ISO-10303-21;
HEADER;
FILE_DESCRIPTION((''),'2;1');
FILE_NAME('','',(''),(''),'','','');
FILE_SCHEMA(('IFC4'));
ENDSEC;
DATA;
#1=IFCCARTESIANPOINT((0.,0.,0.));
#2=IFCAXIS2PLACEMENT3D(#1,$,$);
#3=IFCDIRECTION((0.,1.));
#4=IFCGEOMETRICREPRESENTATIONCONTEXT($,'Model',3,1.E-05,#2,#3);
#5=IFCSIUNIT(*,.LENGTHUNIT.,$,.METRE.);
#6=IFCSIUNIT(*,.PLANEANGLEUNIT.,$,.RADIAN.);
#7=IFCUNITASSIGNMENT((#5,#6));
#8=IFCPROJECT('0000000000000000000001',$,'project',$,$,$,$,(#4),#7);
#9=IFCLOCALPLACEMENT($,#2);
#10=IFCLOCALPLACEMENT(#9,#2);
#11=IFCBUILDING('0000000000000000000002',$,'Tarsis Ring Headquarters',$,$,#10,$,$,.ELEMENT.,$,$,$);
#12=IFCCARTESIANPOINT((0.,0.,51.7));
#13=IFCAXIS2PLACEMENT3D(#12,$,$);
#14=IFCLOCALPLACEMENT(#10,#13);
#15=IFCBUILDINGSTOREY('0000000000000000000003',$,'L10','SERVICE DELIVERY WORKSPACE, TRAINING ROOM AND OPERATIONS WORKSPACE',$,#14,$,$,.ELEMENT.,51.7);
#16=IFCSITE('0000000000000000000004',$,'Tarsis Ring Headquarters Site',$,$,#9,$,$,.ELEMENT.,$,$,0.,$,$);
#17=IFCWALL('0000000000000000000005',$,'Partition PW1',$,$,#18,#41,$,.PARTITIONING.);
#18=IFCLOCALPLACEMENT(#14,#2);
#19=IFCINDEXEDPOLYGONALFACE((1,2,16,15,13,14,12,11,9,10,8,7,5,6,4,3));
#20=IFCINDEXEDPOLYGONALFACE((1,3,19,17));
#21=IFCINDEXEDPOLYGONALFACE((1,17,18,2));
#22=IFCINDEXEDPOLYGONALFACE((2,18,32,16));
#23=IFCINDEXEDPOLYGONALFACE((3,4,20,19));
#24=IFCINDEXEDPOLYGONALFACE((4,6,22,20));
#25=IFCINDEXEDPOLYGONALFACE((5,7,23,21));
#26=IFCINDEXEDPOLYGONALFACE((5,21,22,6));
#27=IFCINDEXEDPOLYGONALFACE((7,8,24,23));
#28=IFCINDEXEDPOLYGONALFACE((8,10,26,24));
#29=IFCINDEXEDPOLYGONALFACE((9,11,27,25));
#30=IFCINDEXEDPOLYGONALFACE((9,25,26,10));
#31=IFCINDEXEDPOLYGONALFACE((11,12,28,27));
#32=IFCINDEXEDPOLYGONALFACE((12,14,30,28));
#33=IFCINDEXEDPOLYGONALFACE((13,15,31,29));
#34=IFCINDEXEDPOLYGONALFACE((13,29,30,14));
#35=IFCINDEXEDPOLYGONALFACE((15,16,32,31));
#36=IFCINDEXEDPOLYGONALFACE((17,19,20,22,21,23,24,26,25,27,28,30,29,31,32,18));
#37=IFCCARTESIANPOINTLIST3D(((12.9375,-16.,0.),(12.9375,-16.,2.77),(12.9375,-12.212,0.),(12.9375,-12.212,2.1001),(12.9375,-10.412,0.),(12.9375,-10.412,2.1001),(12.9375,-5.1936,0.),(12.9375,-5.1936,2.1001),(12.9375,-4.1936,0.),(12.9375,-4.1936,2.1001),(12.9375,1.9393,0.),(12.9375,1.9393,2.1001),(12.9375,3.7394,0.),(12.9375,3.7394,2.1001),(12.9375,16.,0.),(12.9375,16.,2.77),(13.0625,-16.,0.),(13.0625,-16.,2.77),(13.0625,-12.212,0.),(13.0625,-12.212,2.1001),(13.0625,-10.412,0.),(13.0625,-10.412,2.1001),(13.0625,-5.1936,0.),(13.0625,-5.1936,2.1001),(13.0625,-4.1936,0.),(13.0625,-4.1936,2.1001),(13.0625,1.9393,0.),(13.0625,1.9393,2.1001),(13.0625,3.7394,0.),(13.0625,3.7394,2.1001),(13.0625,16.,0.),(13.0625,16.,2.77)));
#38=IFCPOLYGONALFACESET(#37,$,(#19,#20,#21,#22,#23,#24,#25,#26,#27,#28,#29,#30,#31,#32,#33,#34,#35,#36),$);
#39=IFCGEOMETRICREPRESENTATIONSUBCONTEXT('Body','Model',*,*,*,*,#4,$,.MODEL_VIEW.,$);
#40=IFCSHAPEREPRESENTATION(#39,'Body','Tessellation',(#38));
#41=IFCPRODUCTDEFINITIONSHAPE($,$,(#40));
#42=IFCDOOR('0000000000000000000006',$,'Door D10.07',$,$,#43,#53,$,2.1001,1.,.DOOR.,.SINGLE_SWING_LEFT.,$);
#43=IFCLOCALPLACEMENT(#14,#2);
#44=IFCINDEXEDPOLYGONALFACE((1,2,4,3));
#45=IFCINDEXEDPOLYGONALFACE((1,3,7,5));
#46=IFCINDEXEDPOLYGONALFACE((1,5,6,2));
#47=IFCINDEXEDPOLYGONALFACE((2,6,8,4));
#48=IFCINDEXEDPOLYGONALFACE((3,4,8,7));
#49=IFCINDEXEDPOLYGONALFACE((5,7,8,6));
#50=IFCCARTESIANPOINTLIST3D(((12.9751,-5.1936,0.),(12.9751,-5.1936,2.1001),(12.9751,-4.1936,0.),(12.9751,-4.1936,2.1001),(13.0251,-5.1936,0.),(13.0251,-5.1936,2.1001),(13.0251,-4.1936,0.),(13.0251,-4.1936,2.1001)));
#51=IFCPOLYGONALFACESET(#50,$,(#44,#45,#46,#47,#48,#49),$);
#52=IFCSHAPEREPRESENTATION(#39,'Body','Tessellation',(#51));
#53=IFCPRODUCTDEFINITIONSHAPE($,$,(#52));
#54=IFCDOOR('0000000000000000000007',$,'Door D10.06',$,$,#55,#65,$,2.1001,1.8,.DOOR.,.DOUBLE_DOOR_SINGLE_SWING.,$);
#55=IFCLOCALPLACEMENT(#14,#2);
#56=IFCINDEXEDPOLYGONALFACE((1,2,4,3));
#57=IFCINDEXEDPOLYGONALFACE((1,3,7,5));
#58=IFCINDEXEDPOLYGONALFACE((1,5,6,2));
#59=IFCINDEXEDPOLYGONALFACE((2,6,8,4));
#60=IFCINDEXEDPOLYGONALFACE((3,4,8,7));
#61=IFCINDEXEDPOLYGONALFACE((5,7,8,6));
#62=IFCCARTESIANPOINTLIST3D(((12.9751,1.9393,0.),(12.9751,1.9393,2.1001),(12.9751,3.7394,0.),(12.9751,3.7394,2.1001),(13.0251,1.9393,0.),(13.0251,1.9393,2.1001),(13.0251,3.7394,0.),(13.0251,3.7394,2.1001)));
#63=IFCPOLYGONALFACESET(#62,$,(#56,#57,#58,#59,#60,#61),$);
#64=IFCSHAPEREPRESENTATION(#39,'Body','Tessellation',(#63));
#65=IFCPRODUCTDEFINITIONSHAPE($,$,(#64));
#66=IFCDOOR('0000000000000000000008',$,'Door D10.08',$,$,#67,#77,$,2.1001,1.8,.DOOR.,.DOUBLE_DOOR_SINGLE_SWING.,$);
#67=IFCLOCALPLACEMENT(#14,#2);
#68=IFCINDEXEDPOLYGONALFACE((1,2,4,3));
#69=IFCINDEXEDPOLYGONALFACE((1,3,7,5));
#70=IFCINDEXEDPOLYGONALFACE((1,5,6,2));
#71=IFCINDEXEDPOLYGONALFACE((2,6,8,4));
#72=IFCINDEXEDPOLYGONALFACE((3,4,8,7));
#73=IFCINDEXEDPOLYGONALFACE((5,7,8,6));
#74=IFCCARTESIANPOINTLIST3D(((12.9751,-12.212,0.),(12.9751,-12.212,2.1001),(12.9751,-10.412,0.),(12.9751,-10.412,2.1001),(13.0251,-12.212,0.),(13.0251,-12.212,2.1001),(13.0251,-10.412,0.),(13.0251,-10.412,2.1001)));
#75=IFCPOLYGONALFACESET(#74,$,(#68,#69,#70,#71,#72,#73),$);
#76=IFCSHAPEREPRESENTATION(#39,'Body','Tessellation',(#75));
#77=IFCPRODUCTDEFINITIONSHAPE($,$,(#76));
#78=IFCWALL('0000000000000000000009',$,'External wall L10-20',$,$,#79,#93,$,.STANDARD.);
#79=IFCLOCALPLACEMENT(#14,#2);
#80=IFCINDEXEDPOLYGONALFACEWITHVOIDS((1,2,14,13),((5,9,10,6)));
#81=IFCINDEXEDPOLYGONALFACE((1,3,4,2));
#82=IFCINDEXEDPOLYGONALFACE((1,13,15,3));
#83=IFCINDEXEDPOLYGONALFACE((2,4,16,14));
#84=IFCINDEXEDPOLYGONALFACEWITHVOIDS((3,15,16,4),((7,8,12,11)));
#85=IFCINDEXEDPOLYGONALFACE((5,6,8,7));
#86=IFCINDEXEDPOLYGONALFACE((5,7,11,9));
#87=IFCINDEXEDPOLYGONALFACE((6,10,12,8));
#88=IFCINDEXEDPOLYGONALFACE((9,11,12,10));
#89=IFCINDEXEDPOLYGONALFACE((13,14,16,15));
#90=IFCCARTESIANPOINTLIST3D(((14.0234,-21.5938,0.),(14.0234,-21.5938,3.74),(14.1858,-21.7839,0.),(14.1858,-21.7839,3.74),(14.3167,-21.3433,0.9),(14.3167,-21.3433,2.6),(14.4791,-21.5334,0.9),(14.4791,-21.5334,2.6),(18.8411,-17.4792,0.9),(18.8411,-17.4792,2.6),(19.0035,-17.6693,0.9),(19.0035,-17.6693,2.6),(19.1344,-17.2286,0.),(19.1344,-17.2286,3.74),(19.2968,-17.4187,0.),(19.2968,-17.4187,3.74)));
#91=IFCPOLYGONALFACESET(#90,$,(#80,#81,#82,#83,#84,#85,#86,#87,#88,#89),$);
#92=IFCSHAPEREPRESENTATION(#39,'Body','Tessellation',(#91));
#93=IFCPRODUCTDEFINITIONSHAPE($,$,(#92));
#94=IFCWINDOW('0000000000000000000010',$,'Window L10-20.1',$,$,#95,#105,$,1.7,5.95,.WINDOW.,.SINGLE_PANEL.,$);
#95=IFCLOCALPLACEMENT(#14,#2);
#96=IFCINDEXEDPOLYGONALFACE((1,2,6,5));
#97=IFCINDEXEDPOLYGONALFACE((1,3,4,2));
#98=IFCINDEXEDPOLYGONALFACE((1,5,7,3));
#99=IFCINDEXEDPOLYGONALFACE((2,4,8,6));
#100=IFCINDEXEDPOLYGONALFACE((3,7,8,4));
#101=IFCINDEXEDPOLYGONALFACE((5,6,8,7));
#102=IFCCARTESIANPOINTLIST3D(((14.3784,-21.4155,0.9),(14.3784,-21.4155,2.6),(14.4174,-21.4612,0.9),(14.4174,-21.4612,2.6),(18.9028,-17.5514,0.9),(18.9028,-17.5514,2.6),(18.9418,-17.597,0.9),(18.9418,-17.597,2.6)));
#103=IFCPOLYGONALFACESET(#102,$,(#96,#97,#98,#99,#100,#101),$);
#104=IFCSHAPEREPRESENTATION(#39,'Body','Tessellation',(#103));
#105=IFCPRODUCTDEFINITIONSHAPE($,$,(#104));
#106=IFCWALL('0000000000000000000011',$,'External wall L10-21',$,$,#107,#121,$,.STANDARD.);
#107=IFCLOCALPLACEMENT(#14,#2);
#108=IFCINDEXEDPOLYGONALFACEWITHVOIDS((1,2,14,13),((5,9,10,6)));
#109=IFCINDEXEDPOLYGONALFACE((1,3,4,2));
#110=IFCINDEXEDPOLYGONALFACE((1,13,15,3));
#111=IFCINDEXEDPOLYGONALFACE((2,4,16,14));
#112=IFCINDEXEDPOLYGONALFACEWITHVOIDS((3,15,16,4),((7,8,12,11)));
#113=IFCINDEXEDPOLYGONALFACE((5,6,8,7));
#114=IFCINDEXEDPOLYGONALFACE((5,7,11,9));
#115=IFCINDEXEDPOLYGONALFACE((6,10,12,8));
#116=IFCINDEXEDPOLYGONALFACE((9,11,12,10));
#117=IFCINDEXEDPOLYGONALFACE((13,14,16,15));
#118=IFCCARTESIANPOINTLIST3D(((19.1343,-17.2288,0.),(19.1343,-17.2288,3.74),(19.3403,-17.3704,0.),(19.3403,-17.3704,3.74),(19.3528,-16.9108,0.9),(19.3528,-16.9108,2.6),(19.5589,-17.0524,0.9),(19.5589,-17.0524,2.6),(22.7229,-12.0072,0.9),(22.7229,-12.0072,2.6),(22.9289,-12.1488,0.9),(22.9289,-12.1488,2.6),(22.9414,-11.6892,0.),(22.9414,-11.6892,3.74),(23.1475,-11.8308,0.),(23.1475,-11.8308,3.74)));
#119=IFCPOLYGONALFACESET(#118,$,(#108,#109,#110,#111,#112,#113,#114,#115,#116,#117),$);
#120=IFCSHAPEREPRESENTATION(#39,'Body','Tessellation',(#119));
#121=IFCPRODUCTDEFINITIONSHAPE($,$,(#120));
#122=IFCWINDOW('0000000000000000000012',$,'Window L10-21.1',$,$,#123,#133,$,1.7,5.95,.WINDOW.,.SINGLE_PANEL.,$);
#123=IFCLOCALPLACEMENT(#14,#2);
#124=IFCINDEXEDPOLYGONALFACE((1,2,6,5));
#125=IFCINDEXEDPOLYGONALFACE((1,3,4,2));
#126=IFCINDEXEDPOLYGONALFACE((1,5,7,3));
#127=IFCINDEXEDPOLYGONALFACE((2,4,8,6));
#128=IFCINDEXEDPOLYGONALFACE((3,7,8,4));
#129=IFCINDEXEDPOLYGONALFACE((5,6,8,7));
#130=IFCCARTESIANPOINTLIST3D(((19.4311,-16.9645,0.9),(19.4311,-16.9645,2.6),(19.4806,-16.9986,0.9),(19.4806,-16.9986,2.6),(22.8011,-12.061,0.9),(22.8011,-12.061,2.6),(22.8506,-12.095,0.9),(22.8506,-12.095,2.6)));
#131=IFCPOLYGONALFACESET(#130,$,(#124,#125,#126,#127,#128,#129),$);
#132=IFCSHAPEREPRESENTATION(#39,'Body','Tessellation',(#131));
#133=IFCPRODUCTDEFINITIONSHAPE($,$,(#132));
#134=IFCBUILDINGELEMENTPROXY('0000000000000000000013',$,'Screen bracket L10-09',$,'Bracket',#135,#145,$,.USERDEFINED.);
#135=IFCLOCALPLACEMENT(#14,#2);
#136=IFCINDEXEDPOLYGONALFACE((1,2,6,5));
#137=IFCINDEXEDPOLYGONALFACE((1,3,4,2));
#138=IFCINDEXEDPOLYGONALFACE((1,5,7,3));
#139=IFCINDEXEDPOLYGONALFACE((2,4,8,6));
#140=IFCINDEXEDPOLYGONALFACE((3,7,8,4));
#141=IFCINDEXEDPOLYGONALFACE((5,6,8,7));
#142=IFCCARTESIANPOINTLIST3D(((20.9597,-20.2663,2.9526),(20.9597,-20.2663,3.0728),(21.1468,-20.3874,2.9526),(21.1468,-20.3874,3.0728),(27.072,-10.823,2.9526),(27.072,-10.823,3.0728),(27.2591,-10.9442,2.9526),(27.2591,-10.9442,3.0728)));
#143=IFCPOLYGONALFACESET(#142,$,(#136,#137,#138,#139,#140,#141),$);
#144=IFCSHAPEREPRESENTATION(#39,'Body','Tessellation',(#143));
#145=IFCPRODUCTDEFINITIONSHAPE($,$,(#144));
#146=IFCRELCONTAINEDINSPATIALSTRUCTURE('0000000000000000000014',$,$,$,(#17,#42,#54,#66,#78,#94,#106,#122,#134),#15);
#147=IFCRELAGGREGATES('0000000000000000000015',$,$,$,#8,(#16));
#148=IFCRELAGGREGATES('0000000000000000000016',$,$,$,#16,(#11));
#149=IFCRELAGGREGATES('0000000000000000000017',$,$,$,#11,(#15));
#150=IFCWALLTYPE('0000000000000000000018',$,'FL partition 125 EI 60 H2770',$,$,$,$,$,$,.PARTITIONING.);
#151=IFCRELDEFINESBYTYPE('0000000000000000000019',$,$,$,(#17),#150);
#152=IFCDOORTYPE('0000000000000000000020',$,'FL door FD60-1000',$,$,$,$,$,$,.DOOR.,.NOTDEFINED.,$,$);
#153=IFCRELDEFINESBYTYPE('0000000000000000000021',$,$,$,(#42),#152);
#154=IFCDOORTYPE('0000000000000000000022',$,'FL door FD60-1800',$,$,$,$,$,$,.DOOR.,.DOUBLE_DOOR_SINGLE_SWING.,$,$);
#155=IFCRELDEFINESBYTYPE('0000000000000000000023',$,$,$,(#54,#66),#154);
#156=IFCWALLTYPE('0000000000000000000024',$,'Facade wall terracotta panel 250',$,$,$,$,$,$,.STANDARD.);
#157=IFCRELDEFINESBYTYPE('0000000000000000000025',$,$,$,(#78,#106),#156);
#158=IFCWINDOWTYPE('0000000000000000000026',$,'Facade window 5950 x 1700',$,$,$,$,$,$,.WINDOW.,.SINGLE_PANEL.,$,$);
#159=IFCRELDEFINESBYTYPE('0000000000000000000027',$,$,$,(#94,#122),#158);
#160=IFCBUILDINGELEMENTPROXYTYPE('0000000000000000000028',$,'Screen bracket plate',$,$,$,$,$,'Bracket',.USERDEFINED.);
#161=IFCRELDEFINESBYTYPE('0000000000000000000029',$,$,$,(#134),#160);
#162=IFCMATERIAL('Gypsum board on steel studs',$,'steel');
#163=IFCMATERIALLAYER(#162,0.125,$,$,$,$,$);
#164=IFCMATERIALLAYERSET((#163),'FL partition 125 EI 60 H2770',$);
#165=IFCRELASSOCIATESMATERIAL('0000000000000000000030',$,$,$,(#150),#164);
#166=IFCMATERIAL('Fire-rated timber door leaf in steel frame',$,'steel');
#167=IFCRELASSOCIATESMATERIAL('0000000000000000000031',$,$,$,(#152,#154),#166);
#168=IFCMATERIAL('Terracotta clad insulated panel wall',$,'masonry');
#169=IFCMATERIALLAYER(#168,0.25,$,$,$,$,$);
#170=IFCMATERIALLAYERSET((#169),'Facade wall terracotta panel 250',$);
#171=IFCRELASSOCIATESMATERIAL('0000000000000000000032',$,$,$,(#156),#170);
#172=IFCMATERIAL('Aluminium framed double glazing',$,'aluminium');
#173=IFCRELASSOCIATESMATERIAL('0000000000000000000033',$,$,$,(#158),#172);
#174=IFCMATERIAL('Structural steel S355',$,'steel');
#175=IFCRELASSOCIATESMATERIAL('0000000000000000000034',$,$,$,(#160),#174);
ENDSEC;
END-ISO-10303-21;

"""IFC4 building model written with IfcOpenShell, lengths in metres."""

from ifc_helpers import new_model, si_unit, direction, frame, frame_2d, origin, origin_2d, place, context, subcontext, project, spatial, rectangle, extrude, material, layer, layer_set, type_object, element, fill, save


model = new_model("IFC4")

# Units and contexts
model_context = context("Model", 3, precision=1e-05, world=origin(), true_north=direction((0.0, 1.0)))
body_context = subcontext(model_context, "Body", "Model", "MODEL_VIEW")
ifc_project = project(units=[si_unit("LENGTHUNIT", "METRE"), si_unit("PLANEANGLEUNIT", "RADIAN")], contexts=[model_context])

# Site, building, storey
site_placement = place(None, origin())
site = spatial("IfcSite", under=ifc_project, at=site_placement, Name="Tarsis Ring Headquarters Site", CompositionType="ELEMENT", RefElevation=0.0)
building_placement = place(site_placement, origin())
building = spatial("IfcBuilding", under=site, at=building_placement, Name="Tarsis Ring Headquarters", CompositionType="ELEMENT")
storey_placement = place(building_placement, frame((0.0, 0.0, 51.7)))
storey = spatial("IfcBuildingStorey", under=building, at=storey_placement, Name="L10", Description="SERVICE DELIVERY WORKSPACE, TRAINING ROOM AND OPERATIONS WORKSPACE", CompositionType="ELEMENT", Elevation=51.7)

# Shared definitions
ifc_material_1 = material(Name="Structural steel S355", Category="steel")

# Wall, openings, doors
ifc_material_2 = material(Name="Gypsum board on steel studs", Category="steel")
ifc_layer_1 = layer(ifc_material_2, 0.125)
ifc_layer_set_1 = layer_set([ifc_layer_1], Name="FL partition 125 EI 60 H2770")
wall_type_1 = type_object("IfcWallType", Name="FL partition 125 EI 60 H2770", PredefinedType="PARTITIONING", material=ifc_layer_set_1)
wall_1_placement = place(storey_placement, frame((13.0, -16.0, 0.0), z_axis=(0.0, 0.0, 1.0), x_axis=(0.0, 1.0, 0.0)))
wall_1 = element("IfcWall", 1, at=wall_1_placement, inside=storey, type_object=wall_type_1, Name="Partition PW1", PredefinedType="PARTITIONING", context=body_context, shape_type="SweptSolid", body=[
    extrude(rectangle(XDim=32.0, YDim=0.125, at=frame_2d((16.0, 0.0))), origin(), (0.0, 0.0, 1.0), 2.77),
])
opening_1_placement = place(wall_1_placement, frame((17.9395, 0.0, 0.0)))
opening_1 = element("IfcOpeningElement", 2, at=opening_1_placement, cuts=wall_1, PredefinedType="OPENING", context=body_context, shape_type="SweptSolid", body=[
    extrude(rectangle(XDim=1.8, YDim=2.1001, at=frame_2d((0.8999, 1.05))), frame((0.0, 0.0725, 0.0), z_axis=(0.0, -1.0, 0.0), x_axis=(1.0, 0.0, 0.0)), (0.0, 0.0, 1.0), 0.145),
])
opening_2_placement = place(wall_1_placement, frame((10.8064, 0.0, 0.0)))
opening_2 = element("IfcOpeningElement", 3, at=opening_2_placement, cuts=wall_1, PredefinedType="OPENING", context=body_context, shape_type="SweptSolid", body=[
    extrude(rectangle(XDim=1.0, YDim=2.1001, at=frame_2d((0.5, 1.05))), frame((0.0, 0.0725, 0.0), z_axis=(0.0, -1.0, 0.0), x_axis=(1.0, 0.0, 0.0)), (0.0, 0.0, 1.0), 0.145),
])
opening_3_placement = place(wall_1_placement, frame((3.7881, 0.0, 0.0)))
opening_3 = element("IfcOpeningElement", 4, at=opening_3_placement, cuts=wall_1, PredefinedType="OPENING", context=body_context, shape_type="SweptSolid", body=[
    extrude(rectangle(XDim=1.8, YDim=2.1001, at=frame_2d((0.8999, 1.05))), frame((0.0, 0.0725, 0.0), z_axis=(0.0, -1.0, 0.0), x_axis=(1.0, 0.0, 0.0)), (0.0, 0.0, 1.0), 0.145),
])
ifc_material_3 = material(Name="Fire-rated timber door leaf in steel frame", Category="steel")
door_type_1 = type_object("IfcDoorType", Name="FL door FD60-1000", OperationType="NOTDEFINED", PredefinedType="DOOR", material=ifc_material_3)
door_1_placement = place(opening_2_placement, origin())
door_1 = element("IfcDoor", 5, at=door_1_placement, inside=storey, type_object=door_type_1, Name="Door D10.07", OperationType="SINGLE_SWING_LEFT", OverallHeight=2.1001, OverallWidth=1.0, PredefinedType="DOOR", context=body_context, shape_type="SweptSolid", body=[
    extrude(rectangle(XDim=1.0, YDim=2.1001, at=frame_2d((0.5, 1.05))), frame((0.0, 0.0249, 0.0), z_axis=(0.0, -1.0, 0.0), x_axis=(1.0, 0.0, 0.0)), (0.0, 0.0, 1.0), 0.05),
])
fill(opening_2, door_1)
door_type_2 = type_object("IfcDoorType", Name="FL door FD60-1800", OperationType="DOUBLE_DOOR_SINGLE_SWING", PredefinedType="DOOR", material=ifc_material_3)
door_2_placement = place(opening_1_placement, origin())
door_2 = element("IfcDoor", 6, at=door_2_placement, inside=storey, type_object=door_type_2, Name="Door D10.06", OperationType="DOUBLE_DOOR_SINGLE_SWING", OverallHeight=2.1001, OverallWidth=1.8, PredefinedType="DOOR", context=body_context, shape_type="SweptSolid", body=[
    extrude(rectangle(XDim=1.8, YDim=2.1001, at=frame_2d((0.8999, 1.05))), frame((0.0, 0.0249, 0.0), z_axis=(0.0, -1.0, 0.0), x_axis=(1.0, 0.0, 0.0)), (0.0, 0.0, 1.0), 0.05),
])
fill(opening_1, door_2)
door_3_placement = place(opening_3_placement, origin())
door_3 = element("IfcDoor", 7, at=door_3_placement, inside=storey, type_object=door_type_2, Name="Door D10.08", OperationType="DOUBLE_DOOR_SINGLE_SWING", OverallHeight=2.1001, OverallWidth=1.8, PredefinedType="DOOR", context=body_context, shape_type="SweptSolid", body=[
    extrude(rectangle(XDim=1.8, YDim=2.1001, at=frame_2d((0.8999, 1.05))), frame((0.0, 0.0249, 0.0), z_axis=(0.0, -1.0, 0.0), x_axis=(1.0, 0.0, 0.0)), (0.0, 0.0, 1.0), 0.05),
])
fill(opening_3, door_3)

# Walls, openings, windows
ifc_material_4 = material(Name="Terracotta clad insulated panel wall", Category="masonry")
ifc_layer_2 = layer(ifc_material_4, 0.25)
ifc_layer_set_2 = layer_set([ifc_layer_2], Name="Facade wall terracotta panel 250")
wall_type_2 = type_object("IfcWallType", Name="Facade wall terracotta panel 250", PredefinedType="STANDARD", material=ifc_layer_set_2)
wall_2_placement = place(storey_placement, frame((14.1045, -21.689, 0.0), z_axis=(0.0, 0.0, 1.0), x_axis=(0.760409, 0.649444, 0.0)))
wall_2 = element("IfcWall", 8, at=wall_2_placement, inside=storey, type_object=wall_type_2, Name="External wall L10-20", PredefinedType="STANDARD", context=body_context, shape_type="SweptSolid", body=[
    extrude(rectangle(XDim=6.7214, YDim=0.25, at=frame_2d((3.3608, 0.0))), origin(), (0.0, 0.0, 1.0), 3.74),
])
opening_4_placement = place(wall_2_placement, frame((0.3857, 0.0, 0.8999)))
opening_4 = element("IfcOpeningElement", 9, at=opening_4_placement, cuts=wall_2, PredefinedType="OPENING", context=body_context, shape_type="SweptSolid", body=[
    extrude(rectangle(XDim=5.95, YDim=1.7, at=frame_2d((2.9751, 0.8501))), frame((0.0, 0.135, 0.0), z_axis=(0.0, -1.0, 0.0), x_axis=(1.0, 0.0, 0.0)), (0.0, 0.0, 1.0), 0.27),
])
ifc_material_5 = material(Name="Aluminium framed double glazing", Category="aluminium")
window_type = type_object("IfcWindowType", Name="Facade window 5950 x 1700", PartitioningType="SINGLE_PANEL", PredefinedType="WINDOW", material=ifc_material_5)
window_1_placement = place(opening_4_placement, origin())
window_1 = element("IfcWindow", 10, at=window_1_placement, inside=storey, type_object=window_type, Name="Window L10-20.1", OverallHeight=1.7, OverallWidth=5.95, PartitioningType="SINGLE_PANEL", PredefinedType="WINDOW", context=body_context, shape_type="SweptSolid", body=[
    extrude(rectangle(XDim=5.95, YDim=1.7, at=frame_2d((2.9751, 0.8501))), frame((0.0, 0.03, 0.0), z_axis=(0.0, -1.0, 0.0), x_axis=(1.0, 0.0, 0.0)), (0.0, 0.0, 1.0), 0.0601),
])
fill(opening_4, window_1)
wall_3_placement = place(storey_placement, frame((19.2373, -17.2996, 0.0), z_axis=(0.0, 0.0, 1.0), x_axis=(0.566396, 0.824133, 0.0)))
wall_3 = element("IfcWall", 11, at=wall_3_placement, inside=storey, type_object=wall_type_2, Name="External wall L10-21", PredefinedType="STANDARD", context=body_context, shape_type="SweptSolid", body=[
    extrude(rectangle(XDim=6.7217, YDim=0.25, at=frame_2d((3.3608, 0.0))), origin(), (0.0, 0.0, 1.0), 3.74),
])
opening_5_placement = place(wall_3_placement, frame((0.3857, 0.0, 0.8999)))
opening_5 = element("IfcOpeningElement", 12, at=opening_5_placement, cuts=wall_3, PredefinedType="OPENING", context=body_context, shape_type="SweptSolid", body=[
    extrude(rectangle(XDim=5.95, YDim=1.7, at=frame_2d((2.9751, 0.8501))), frame((0.0, 0.135, 0.0), z_axis=(0.0, -1.0, 0.0), x_axis=(1.0, 0.0, 0.0)), (0.0, 0.0, 1.0), 0.27),
])
window_2_placement = place(opening_5_placement, origin())
window_2 = element("IfcWindow", 13, at=window_2_placement, inside=storey, type_object=window_type, Name="Window L10-21.1", OverallHeight=1.7, OverallWidth=5.95, PartitioningType="SINGLE_PANEL", PredefinedType="WINDOW", context=body_context, shape_type="SweptSolid", body=[
    extrude(rectangle(XDim=5.95, YDim=1.7, at=frame_2d((2.9751, 0.8501))), frame((0.0, 0.03, 0.0), z_axis=(0.0, -1.0, 0.0), x_axis=(1.0, 0.0, 0.0)), (0.0, 0.0, 1.0), 0.0601),
])
fill(opening_5, window_2)

# Building element proxy
building_element_proxy_type = type_object("IfcBuildingElementProxyType", Name="Screen bracket plate", ElementType="Bracket", PredefinedType="USERDEFINED", material=ifc_material_1)
proxy_placement = place(storey_placement, frame((24.1094, -15.6052, 2.9526), z_axis=(0.0, 0.0, 1.0), x_axis=(0.543376, 0.83949, 0.0)))
element("IfcBuildingElementProxy", 14, at=proxy_placement, inside=storey, type_object=building_element_proxy_type, Name="Screen bracket L10-09", ObjectType="Bracket", PredefinedType="USERDEFINED", context=body_context, shape_type="SweptSolid", body=[
    extrude(rectangle(XDim=11.2488, YDim=0.2229, at=origin_2d()), origin(), (0.0, 0.0, 1.0), 0.1201),
])

save(model, "model.ifc")
